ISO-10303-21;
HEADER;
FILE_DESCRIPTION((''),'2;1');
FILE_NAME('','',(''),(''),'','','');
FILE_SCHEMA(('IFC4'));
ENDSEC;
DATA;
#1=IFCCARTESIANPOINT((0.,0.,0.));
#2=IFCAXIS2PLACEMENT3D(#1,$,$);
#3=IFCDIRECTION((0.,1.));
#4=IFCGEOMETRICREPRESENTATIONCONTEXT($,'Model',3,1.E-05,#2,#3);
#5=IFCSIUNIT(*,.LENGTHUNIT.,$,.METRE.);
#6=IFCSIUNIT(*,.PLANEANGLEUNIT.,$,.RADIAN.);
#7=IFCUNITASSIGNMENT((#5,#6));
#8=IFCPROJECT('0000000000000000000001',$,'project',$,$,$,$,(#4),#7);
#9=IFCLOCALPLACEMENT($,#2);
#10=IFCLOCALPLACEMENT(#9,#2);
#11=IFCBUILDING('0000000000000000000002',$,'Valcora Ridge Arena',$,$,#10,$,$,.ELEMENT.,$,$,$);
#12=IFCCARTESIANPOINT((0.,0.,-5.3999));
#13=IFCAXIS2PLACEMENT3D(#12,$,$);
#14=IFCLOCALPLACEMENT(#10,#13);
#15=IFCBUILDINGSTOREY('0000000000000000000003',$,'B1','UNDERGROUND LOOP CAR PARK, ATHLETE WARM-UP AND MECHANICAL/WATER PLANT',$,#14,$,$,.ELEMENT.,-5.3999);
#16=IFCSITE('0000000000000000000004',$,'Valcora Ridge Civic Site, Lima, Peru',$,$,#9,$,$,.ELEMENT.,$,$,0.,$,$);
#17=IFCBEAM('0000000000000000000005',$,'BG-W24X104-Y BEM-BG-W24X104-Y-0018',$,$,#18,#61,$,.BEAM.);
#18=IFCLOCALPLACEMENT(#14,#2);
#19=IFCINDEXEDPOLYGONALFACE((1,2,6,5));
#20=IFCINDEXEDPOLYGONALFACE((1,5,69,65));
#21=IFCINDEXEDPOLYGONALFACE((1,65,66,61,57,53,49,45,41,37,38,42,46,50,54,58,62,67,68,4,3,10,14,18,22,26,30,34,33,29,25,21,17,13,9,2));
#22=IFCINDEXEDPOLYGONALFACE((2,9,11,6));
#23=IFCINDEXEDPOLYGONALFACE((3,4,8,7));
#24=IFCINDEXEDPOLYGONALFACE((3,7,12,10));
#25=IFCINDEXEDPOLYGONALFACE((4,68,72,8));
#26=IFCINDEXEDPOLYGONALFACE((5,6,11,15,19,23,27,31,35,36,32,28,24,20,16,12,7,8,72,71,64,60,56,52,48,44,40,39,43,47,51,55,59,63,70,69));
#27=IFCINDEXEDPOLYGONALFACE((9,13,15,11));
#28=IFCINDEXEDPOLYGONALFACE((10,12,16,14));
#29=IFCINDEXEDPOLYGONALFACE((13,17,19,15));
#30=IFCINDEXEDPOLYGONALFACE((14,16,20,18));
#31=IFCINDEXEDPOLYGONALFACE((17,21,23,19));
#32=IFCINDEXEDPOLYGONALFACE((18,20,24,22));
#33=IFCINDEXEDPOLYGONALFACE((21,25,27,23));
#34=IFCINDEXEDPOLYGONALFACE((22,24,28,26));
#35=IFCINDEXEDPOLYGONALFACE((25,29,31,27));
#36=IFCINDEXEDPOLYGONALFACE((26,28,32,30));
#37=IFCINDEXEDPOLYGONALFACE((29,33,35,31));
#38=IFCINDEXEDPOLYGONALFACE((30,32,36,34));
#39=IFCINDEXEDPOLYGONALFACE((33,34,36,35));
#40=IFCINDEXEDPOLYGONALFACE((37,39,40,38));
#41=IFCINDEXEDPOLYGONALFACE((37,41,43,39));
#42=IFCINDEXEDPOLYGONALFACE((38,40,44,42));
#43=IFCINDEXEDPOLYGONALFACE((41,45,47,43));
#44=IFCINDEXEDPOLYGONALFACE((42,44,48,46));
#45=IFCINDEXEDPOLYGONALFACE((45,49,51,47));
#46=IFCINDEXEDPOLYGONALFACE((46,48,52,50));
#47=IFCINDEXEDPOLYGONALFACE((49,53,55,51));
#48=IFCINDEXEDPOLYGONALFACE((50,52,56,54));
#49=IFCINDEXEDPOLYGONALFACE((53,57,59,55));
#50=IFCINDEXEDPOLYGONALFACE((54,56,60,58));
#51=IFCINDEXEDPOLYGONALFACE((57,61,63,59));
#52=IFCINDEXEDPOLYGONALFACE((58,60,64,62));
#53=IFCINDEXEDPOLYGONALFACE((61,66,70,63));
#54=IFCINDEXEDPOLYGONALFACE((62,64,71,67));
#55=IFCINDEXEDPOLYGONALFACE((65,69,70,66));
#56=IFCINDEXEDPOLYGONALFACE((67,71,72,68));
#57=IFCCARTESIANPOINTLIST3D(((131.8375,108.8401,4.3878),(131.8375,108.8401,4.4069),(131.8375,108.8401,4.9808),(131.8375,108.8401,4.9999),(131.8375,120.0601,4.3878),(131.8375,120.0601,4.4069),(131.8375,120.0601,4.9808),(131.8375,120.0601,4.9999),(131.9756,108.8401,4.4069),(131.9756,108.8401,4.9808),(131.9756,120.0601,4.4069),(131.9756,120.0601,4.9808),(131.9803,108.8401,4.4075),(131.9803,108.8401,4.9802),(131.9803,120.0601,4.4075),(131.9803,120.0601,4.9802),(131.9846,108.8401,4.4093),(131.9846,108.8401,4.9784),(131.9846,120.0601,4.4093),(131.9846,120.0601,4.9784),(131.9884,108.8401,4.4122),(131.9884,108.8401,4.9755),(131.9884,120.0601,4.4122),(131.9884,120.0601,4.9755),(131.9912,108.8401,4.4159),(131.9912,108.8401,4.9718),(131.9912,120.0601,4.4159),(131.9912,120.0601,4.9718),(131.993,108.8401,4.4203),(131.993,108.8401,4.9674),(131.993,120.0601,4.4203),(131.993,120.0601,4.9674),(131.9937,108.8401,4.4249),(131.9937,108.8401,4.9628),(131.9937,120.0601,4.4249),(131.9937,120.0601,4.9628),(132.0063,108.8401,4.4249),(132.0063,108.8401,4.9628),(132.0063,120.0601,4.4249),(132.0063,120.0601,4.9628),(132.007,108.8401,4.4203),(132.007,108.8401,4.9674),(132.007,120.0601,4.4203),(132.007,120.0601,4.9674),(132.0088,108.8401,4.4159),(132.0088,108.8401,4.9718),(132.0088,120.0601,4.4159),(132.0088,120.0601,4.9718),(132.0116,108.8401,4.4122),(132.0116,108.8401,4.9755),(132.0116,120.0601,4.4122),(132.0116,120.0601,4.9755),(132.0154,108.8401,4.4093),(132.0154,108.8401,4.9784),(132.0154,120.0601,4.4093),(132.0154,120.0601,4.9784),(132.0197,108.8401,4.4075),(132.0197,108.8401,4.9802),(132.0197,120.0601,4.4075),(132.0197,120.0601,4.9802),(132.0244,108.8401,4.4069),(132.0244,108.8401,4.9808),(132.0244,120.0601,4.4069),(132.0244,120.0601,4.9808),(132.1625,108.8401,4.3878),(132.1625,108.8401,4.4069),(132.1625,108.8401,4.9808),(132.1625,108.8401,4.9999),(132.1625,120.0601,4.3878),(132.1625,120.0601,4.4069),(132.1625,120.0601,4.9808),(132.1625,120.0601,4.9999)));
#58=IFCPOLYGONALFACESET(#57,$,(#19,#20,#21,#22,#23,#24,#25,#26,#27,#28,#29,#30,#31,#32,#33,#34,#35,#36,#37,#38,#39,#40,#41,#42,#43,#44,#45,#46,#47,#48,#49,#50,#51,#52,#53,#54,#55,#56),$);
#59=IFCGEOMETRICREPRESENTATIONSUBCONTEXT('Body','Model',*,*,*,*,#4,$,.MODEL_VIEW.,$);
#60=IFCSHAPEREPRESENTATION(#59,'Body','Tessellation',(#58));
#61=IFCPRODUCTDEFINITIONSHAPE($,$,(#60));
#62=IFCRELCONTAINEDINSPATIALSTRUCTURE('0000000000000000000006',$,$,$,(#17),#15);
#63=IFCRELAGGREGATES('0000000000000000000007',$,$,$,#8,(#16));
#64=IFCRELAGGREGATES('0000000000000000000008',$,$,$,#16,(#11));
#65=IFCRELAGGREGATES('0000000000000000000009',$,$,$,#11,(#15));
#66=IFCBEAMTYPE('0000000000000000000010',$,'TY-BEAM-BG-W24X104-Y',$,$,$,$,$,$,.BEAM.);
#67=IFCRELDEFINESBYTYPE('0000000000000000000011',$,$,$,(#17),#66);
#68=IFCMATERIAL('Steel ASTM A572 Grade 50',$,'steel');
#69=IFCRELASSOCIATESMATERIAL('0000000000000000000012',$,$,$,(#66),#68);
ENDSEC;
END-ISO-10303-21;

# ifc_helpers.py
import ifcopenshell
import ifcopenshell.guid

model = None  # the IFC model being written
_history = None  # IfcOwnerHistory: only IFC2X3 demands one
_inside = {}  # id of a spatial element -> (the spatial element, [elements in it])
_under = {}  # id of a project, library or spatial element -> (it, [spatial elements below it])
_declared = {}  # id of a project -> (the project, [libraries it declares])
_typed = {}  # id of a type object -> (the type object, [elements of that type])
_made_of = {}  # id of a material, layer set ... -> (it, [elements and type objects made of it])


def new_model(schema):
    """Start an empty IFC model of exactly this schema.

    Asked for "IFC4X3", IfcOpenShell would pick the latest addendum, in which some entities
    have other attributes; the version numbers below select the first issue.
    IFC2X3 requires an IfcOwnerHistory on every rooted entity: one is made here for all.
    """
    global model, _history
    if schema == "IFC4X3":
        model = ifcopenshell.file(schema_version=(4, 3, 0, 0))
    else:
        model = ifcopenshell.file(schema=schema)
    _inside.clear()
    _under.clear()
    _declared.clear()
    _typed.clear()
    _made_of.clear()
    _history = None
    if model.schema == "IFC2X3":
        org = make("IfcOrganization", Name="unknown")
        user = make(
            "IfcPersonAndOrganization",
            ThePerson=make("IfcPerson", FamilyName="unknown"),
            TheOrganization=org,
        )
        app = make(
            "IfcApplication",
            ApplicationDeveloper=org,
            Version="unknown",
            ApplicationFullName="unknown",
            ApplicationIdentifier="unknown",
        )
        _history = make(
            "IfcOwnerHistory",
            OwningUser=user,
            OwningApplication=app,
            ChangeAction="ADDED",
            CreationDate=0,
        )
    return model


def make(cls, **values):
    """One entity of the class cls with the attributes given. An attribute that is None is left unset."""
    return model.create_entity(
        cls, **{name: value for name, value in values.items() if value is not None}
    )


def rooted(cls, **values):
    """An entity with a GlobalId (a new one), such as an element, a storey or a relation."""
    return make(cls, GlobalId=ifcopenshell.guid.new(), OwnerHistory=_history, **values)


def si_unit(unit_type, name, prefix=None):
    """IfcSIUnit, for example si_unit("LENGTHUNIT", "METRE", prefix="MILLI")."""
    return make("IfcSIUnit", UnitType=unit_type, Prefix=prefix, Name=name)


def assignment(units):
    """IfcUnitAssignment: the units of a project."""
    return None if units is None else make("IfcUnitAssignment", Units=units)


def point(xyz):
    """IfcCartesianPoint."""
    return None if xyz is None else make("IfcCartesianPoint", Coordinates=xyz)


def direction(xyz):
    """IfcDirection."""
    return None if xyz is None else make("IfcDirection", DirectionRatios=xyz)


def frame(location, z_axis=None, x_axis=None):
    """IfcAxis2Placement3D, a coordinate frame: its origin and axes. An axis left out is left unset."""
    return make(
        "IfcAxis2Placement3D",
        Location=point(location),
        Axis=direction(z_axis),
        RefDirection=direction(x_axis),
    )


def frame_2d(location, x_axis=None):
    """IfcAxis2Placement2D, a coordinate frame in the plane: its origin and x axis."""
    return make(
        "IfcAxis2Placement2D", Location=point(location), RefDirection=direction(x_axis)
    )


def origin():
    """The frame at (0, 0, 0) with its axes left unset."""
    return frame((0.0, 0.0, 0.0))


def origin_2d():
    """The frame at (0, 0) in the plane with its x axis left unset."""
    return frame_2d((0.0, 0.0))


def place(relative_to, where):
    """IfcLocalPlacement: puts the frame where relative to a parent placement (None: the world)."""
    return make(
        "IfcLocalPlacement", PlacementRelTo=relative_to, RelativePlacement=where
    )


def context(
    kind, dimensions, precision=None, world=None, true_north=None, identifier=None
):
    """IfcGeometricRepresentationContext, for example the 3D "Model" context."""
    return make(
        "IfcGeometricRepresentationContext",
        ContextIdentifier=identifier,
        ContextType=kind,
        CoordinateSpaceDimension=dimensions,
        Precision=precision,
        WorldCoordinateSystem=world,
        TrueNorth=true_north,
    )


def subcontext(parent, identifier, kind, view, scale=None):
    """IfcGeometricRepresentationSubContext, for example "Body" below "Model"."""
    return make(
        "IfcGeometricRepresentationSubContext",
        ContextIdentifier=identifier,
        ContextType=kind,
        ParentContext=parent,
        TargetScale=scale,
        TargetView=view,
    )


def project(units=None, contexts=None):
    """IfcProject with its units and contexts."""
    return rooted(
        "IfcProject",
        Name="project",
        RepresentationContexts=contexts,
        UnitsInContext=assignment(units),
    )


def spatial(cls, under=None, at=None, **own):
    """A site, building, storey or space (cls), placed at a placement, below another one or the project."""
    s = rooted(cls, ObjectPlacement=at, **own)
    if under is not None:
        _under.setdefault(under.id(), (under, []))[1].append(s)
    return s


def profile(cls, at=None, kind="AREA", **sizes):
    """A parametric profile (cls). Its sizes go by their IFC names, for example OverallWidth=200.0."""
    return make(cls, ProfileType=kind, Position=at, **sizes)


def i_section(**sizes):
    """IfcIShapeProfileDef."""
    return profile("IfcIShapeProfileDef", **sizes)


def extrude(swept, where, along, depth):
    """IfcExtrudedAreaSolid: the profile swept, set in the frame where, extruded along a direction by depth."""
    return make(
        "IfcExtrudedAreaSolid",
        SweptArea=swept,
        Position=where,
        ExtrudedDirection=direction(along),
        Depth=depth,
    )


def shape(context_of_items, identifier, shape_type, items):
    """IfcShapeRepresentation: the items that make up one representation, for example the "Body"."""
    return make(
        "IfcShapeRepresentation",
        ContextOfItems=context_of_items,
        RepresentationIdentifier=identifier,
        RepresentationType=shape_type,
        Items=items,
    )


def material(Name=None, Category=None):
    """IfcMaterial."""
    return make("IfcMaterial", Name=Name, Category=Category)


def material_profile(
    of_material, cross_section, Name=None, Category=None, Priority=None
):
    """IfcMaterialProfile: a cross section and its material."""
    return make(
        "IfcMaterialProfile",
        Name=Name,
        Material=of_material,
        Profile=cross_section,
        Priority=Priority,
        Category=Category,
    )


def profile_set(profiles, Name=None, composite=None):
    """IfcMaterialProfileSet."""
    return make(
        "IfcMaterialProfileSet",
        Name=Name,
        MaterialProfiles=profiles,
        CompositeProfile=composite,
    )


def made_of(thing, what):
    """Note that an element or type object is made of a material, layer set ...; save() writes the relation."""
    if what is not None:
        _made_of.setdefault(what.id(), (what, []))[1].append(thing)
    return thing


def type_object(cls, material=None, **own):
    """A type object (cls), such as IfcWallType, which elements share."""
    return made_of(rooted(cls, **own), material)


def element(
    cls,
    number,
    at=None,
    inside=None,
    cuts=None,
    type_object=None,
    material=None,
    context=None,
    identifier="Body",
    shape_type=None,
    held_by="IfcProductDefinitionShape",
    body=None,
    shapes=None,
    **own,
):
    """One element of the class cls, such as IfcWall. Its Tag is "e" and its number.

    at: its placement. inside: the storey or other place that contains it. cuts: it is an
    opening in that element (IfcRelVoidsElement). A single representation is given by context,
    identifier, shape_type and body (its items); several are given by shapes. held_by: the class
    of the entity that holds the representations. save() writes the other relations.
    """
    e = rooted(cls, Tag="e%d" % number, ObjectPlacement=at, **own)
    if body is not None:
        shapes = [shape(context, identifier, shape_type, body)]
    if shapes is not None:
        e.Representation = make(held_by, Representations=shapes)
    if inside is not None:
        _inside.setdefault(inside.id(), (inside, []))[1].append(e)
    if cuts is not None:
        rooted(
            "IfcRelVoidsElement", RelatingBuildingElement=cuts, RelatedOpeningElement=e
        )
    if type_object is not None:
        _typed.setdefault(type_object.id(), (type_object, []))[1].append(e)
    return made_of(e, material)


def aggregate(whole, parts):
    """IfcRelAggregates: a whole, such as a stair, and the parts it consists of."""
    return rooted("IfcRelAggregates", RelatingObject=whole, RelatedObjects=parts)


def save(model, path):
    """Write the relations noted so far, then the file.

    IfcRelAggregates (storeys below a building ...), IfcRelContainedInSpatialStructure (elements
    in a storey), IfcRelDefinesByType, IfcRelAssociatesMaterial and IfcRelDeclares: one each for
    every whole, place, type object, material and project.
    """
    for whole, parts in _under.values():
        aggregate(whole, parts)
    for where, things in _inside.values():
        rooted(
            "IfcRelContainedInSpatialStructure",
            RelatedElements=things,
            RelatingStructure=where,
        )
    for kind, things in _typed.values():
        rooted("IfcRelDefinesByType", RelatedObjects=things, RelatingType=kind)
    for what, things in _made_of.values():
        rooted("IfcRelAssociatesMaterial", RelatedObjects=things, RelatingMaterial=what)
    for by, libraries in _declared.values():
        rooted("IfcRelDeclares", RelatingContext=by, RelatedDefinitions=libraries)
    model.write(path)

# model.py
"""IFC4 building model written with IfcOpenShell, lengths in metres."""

from ifc_helpers import new_model, si_unit, direction, frame, origin, origin_2d, place, context, subcontext, project, spatial, i_section, extrude, material, material_profile, profile_set, type_object, element, save


model = new_model("IFC4")

# Units and contexts
model_context = context("Model", 3, precision=1e-05, world=origin(), true_north=direction((0.0, 1.0)))
body_context = subcontext(model_context, "Body", "Model", "MODEL_VIEW")
ifc_project = project(units=[si_unit("LENGTHUNIT", "METRE"), si_unit("PLANEANGLEUNIT", "RADIAN")], contexts=[model_context])

# Site, building, storey
site_placement = place(None, origin())
site = spatial("IfcSite", under=ifc_project, at=site_placement, Name="Valcora Ridge Civic Site, Lima, Peru", CompositionType="ELEMENT", RefElevation=0.0)
building_placement = place(site_placement, origin())
building = spatial("IfcBuilding", under=site, at=building_placement, Name="Valcora Ridge Arena", CompositionType="ELEMENT")
storey_placement = place(building_placement, frame((0.0, 0.0, -5.3999)))
storey = spatial("IfcBuildingStorey", under=building, at=storey_placement, Name="B1", Description="UNDERGROUND LOOP CAR PARK, ATHLETE WARM-UP AND MECHANICAL/WATER PLANT", CompositionType="ELEMENT", Elevation=-5.3999)

# Beam
ifc_material_1 = material(Name="Steel ASTM A572 Grade 50", Category="steel")
ifc_material_profile_1 = material_profile(ifc_material_1, i_section(OverallWidth=0.325, OverallDepth=0.6121, WebThickness=0.0127, FlangeThickness=0.019, FilletRadius=0.0181, at=origin_2d()), Name="W24X104")
ifc_profile_set_1 = profile_set([ifc_material_profile_1], Name="Steel ASTM A572 Grade 50")
beam_type_1 = type_object("IfcBeamType", Name="TY-BEAM-BG-W24X104-Y", PredefinedType="BEAM", material=ifc_profile_set_1)
for number, where, z_axis, x_axis, name in (
    (1, (132.0, 108.8401, 4.6938), (0.0, 1.0, 0.0), (-1.0, 0.0, 0.0), "BG-W24X104-Y BEM-BG-W24X104-Y-0018"),
):
    element("IfcBeam", number, at=place(storey_placement, frame(where, z_axis=z_axis, x_axis=x_axis)), inside=storey, type_object=beam_type_1, Name=name, PredefinedType="BEAM", context=body_context, shape_type="SweptSolid", body=[
        extrude(i_section(OverallWidth=0.325, OverallDepth=0.6121, WebThickness=0.0127, FlangeThickness=0.019, FilletRadius=0.0181, at=origin_2d()), origin(), (0.0, 0.0, 1.0), 11.22),
    ])

save(model, "model.ifc")
